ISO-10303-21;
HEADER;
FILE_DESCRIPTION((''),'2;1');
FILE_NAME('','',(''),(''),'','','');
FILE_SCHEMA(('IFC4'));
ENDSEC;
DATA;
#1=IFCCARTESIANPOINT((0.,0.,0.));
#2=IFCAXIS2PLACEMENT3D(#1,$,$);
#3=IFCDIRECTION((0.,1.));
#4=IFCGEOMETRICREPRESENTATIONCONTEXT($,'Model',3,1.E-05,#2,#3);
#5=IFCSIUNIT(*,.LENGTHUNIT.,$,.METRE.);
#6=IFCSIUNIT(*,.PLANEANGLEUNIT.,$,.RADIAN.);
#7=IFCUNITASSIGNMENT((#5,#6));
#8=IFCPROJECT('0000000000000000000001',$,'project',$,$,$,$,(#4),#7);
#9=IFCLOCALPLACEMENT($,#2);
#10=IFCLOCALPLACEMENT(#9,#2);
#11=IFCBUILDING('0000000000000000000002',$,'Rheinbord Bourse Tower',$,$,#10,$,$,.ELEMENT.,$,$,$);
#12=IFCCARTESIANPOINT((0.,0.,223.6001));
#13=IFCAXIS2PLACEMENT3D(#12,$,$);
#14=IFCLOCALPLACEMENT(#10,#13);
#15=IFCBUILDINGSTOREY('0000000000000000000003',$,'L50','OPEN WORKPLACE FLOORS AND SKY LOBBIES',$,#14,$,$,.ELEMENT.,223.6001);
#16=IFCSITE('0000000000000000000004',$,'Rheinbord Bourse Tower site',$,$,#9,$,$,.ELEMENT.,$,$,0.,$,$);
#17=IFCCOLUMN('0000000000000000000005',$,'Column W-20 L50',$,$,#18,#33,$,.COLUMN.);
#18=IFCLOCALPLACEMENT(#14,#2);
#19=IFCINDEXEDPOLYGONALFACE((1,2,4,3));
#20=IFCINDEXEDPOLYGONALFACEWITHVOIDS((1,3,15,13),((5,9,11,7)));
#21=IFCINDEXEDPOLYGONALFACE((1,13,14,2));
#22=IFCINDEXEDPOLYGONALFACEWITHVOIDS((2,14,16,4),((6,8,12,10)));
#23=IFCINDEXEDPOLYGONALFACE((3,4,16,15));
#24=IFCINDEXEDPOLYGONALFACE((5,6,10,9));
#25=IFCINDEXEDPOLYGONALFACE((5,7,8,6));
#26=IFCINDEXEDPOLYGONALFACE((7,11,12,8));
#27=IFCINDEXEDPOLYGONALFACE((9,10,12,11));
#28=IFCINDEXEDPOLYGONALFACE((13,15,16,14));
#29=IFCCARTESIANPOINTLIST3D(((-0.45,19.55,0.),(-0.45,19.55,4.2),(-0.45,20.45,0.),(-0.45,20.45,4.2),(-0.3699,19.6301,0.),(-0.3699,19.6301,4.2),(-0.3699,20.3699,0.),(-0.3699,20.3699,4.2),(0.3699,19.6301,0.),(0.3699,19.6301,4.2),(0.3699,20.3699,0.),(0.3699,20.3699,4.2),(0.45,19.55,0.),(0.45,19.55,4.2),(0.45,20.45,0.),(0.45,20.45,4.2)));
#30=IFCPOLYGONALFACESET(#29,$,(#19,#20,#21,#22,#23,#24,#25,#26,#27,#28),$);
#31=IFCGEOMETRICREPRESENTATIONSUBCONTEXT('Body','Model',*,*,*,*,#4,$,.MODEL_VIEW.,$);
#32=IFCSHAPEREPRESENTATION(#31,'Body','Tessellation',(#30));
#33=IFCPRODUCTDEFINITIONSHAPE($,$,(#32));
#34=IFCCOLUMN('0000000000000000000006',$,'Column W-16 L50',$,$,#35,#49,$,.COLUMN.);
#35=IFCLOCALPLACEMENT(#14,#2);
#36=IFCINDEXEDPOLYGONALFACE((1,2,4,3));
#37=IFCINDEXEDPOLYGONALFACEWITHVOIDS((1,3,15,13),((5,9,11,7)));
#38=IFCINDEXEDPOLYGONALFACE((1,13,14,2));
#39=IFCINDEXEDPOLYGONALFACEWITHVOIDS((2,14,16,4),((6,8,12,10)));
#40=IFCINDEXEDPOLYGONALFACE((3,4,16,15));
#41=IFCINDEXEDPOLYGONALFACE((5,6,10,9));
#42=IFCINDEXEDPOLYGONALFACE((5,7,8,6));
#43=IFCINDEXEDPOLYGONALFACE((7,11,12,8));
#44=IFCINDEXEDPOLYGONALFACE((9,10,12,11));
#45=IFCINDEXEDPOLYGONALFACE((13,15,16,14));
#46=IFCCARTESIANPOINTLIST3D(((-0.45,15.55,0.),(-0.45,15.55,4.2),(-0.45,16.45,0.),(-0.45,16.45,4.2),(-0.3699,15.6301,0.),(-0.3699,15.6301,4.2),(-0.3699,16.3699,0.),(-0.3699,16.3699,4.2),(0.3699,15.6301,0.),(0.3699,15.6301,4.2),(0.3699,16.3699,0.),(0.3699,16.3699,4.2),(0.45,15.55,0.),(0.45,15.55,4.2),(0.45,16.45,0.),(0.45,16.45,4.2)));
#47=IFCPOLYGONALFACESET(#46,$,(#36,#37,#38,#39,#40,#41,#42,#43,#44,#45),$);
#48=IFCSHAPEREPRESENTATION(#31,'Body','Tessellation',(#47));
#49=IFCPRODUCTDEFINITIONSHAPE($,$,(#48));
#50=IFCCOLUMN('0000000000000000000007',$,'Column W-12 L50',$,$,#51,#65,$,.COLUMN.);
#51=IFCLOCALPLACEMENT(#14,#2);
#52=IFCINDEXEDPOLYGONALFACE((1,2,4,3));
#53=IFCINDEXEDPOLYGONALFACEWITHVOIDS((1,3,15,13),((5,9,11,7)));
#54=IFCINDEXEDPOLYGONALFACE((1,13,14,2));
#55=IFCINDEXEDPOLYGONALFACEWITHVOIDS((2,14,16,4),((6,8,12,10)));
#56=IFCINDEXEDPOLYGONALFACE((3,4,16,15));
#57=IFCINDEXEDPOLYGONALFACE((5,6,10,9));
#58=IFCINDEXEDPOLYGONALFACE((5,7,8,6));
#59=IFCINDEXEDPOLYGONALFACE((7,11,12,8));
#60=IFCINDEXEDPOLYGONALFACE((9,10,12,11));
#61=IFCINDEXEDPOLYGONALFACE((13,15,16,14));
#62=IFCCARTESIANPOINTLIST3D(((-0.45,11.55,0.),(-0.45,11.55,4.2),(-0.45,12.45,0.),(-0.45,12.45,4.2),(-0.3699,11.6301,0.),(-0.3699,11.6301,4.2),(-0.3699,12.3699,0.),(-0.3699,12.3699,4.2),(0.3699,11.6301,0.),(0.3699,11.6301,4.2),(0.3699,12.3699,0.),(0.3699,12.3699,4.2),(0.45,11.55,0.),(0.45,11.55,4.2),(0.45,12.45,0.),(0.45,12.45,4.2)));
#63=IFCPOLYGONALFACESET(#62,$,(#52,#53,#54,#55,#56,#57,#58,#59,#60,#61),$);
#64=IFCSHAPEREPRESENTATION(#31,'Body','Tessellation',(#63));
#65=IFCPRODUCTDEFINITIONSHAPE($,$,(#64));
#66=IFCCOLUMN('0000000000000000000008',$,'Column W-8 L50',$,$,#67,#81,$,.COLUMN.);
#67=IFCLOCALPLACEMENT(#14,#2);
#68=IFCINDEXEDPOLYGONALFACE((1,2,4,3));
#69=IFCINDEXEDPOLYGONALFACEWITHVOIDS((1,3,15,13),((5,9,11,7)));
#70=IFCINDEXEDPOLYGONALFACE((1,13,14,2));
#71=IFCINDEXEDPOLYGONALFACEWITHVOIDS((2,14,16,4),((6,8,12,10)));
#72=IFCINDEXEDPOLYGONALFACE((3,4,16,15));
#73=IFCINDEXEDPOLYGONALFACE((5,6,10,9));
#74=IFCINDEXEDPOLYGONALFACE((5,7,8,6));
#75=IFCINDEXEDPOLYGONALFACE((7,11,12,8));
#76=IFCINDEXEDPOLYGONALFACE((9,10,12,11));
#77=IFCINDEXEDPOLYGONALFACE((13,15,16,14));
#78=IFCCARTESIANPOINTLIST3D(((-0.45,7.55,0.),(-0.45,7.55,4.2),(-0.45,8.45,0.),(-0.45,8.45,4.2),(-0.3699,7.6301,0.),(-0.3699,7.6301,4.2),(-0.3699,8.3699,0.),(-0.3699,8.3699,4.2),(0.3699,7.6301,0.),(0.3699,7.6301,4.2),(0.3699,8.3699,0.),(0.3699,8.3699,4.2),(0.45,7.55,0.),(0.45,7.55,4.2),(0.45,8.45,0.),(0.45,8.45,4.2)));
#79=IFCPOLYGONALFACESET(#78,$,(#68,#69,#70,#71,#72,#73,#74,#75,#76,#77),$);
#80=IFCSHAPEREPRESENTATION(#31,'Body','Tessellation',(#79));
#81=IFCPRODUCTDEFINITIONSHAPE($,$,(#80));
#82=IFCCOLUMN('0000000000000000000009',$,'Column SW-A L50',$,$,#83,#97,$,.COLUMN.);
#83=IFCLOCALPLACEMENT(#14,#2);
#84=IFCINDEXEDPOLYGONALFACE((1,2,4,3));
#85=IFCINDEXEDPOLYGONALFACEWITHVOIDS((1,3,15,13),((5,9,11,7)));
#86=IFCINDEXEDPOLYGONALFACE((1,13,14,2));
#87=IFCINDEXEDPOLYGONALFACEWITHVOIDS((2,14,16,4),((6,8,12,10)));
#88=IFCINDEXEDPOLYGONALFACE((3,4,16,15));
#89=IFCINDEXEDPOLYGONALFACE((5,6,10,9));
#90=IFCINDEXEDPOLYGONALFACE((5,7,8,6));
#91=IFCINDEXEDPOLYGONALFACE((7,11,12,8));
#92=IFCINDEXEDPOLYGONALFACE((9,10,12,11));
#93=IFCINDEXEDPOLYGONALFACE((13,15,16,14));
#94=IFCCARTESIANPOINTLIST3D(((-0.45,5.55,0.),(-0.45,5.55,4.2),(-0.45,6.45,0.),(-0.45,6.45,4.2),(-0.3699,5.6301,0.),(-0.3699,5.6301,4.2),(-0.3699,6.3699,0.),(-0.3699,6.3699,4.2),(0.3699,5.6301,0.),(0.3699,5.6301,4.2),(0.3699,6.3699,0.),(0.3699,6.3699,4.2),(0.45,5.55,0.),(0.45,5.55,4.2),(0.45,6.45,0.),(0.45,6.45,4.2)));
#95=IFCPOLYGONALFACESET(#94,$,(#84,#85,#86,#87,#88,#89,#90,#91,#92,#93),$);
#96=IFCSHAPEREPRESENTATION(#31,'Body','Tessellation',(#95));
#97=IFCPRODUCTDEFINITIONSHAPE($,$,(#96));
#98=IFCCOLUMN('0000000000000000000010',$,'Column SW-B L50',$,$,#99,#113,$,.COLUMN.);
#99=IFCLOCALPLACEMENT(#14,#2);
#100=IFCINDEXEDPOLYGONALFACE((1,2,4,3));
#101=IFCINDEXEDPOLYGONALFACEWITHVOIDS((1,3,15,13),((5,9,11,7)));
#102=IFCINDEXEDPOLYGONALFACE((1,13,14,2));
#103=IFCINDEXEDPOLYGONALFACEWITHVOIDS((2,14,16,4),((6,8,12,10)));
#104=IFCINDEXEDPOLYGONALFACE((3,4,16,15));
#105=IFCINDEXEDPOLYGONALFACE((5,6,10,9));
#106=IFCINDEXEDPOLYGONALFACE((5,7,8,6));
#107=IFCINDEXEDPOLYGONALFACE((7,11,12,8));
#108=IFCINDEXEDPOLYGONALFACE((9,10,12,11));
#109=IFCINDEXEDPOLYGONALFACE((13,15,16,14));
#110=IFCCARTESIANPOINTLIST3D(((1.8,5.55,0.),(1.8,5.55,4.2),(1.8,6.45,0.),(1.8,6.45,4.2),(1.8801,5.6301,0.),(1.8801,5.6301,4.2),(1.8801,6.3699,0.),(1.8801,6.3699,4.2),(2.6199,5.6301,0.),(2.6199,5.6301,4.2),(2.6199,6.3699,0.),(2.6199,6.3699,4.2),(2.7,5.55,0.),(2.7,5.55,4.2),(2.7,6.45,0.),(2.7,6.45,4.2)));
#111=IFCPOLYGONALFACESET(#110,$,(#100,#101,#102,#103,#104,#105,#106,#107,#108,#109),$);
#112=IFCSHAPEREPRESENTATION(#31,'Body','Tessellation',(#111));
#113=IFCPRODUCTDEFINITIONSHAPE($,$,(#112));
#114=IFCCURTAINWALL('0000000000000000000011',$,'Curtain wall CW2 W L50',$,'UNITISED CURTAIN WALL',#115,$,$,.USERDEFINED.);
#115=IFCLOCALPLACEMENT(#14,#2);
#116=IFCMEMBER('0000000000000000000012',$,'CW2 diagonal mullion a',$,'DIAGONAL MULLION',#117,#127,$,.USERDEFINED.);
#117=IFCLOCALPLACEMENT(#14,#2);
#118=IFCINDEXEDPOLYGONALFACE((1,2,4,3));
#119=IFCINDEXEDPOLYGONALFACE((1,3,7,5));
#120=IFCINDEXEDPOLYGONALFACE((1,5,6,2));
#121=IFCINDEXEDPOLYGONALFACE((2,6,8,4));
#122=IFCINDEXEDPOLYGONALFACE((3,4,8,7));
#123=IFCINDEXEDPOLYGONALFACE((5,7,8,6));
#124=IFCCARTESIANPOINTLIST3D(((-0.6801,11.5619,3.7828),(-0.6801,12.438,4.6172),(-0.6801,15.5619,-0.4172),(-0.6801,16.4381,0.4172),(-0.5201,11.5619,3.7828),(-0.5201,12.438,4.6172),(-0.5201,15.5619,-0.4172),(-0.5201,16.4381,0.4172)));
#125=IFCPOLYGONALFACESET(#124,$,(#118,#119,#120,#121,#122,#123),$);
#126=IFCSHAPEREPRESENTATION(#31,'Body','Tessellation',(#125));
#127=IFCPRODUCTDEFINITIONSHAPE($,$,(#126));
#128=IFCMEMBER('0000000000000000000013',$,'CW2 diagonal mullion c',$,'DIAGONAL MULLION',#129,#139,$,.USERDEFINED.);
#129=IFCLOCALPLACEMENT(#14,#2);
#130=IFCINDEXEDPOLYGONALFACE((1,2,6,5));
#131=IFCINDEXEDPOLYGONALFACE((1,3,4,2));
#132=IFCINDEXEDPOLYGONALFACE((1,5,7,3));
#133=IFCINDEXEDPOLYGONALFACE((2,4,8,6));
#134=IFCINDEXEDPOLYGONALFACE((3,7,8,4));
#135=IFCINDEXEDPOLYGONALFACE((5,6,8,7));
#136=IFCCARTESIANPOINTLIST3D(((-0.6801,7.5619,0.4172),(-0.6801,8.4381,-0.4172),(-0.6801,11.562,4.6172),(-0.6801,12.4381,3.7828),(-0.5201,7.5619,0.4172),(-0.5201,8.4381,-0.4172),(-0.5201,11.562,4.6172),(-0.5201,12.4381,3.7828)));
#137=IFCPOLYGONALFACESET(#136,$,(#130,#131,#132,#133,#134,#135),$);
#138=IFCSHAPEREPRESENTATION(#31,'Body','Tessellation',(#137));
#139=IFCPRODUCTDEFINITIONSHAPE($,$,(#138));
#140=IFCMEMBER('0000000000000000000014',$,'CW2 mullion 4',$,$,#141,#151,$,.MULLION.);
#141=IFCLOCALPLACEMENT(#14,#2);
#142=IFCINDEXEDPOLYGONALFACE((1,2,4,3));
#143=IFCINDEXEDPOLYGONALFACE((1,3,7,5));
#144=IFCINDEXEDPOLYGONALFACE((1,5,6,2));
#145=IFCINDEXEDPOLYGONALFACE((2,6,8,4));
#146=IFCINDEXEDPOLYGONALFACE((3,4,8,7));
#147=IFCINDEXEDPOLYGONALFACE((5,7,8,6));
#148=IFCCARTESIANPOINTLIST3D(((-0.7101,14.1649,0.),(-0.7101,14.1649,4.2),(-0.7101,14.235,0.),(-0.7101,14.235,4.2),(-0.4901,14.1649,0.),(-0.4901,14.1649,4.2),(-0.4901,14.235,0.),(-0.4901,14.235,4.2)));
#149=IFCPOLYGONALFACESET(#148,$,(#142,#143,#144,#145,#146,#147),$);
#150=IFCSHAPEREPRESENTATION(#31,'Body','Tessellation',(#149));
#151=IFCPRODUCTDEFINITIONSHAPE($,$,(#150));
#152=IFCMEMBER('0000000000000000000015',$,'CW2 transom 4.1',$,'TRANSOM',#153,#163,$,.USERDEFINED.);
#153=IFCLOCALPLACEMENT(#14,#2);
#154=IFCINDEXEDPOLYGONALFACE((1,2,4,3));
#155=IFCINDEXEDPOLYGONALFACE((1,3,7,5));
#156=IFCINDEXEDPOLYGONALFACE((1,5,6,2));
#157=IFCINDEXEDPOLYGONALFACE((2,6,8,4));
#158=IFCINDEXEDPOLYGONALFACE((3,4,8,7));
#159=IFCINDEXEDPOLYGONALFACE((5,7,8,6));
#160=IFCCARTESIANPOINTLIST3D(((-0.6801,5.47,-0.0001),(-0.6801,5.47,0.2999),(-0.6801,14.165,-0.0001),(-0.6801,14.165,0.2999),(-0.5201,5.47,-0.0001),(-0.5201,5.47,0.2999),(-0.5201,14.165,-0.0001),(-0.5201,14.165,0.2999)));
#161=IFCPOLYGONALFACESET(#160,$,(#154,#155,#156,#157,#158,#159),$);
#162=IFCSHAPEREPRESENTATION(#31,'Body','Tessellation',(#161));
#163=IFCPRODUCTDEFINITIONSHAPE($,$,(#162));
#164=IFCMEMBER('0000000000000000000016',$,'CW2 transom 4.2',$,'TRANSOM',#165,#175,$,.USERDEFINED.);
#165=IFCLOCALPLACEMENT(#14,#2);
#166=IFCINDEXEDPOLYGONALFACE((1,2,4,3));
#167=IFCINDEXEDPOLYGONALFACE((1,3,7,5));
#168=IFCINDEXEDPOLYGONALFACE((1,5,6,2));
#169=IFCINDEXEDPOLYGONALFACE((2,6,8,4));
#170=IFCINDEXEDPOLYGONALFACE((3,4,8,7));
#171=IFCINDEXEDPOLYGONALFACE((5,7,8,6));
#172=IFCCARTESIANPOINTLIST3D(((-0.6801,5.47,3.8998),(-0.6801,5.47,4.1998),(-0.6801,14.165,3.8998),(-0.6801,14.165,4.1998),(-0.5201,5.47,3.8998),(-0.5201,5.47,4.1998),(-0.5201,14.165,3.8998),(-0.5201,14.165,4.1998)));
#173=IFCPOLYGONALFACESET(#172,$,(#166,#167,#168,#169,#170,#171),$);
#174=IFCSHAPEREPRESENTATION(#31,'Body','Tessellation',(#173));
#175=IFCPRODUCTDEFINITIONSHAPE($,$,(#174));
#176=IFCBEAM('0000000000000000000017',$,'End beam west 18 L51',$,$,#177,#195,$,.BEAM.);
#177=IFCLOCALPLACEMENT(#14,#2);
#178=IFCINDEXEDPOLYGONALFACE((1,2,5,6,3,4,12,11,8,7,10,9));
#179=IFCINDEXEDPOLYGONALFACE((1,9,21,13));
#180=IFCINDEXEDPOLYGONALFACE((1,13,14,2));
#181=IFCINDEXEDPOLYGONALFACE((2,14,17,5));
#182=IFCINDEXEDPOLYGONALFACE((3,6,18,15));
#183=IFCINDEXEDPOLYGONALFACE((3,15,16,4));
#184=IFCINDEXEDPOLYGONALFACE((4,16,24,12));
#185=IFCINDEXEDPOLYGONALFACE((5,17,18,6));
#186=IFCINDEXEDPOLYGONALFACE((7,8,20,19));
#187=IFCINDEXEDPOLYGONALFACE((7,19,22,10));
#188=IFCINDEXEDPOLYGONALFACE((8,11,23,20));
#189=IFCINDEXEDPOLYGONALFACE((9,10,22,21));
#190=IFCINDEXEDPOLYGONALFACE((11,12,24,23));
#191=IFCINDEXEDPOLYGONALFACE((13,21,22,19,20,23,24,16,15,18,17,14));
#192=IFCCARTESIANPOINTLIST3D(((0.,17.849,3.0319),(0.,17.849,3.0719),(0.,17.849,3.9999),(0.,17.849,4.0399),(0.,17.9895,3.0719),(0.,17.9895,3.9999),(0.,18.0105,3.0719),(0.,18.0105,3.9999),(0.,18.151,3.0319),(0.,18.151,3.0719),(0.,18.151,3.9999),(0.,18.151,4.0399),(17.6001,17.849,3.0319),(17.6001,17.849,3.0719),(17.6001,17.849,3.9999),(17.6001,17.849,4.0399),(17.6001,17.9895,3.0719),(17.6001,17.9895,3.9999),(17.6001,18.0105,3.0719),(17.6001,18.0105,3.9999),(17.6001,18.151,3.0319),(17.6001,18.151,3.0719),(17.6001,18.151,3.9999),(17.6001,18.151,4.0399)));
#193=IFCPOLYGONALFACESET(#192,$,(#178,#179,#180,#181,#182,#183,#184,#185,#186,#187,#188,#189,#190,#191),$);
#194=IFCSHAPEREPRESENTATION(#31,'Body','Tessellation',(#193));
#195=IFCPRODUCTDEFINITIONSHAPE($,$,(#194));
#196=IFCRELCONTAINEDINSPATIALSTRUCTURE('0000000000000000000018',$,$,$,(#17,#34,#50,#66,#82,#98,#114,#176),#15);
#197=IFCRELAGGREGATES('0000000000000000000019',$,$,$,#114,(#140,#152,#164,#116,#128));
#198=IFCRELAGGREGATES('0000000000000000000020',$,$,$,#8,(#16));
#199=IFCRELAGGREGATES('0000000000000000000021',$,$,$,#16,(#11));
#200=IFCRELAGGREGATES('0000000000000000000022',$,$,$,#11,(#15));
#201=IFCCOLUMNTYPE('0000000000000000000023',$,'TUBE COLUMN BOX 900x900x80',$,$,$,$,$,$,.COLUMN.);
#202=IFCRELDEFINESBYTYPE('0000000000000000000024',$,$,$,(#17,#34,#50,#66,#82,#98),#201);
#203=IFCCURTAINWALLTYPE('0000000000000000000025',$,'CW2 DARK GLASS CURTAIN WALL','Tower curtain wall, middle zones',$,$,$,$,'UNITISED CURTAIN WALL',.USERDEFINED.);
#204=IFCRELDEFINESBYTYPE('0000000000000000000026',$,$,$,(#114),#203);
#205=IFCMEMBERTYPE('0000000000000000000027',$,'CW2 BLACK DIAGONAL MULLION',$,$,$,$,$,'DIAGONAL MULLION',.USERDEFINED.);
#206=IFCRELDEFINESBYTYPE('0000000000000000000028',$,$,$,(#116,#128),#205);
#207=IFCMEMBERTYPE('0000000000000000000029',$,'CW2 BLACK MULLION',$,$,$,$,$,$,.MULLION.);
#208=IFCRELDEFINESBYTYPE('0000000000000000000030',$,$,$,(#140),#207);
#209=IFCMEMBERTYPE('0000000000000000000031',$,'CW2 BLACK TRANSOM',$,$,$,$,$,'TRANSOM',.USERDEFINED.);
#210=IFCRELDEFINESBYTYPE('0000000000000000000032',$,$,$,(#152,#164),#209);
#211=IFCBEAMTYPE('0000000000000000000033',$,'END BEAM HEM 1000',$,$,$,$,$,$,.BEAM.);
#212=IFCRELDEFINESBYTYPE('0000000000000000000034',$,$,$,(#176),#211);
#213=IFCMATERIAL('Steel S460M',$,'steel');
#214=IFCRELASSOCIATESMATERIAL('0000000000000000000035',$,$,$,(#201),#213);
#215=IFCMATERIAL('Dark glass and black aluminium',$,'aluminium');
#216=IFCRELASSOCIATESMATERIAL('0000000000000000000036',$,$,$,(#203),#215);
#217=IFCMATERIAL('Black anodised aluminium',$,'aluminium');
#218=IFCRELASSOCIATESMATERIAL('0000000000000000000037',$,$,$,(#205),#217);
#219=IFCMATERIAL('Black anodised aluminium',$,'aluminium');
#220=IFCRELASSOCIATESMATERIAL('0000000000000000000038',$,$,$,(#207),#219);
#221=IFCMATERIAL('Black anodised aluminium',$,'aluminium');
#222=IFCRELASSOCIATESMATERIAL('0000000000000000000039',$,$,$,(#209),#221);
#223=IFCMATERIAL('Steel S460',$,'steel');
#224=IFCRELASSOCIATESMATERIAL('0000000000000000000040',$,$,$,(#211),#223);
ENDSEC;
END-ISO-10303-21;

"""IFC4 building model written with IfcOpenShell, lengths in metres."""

from ifc_helpers import new_model, si_unit, direction, frame, origin, origin_2d, place, context, subcontext, project, spatial, rectangle, hollow_rectangle, i_section, extrude, material, material_profile, profile_set, type_object, element, aggregate, save


model = new_model("IFC4")

# Units and contexts
model_context = context("Model", 3, precision=1e-05, world=origin(), true_north=direction((0.0, 1.0)))
body_context = subcontext(model_context, "Body", "Model", "MODEL_VIEW")
ifc_project = project(units=[si_unit("LENGTHUNIT", "METRE"), si_unit("PLANEANGLEUNIT", "RADIAN")], contexts=[model_context])

# Site, building, storey
site_placement = place(None, origin())
site = spatial("IfcSite", under=ifc_project, at=site_placement, Name="Rheinbord Bourse Tower site", CompositionType="ELEMENT", RefElevation=0.0)
building_placement = place(site_placement, origin())
building = spatial("IfcBuilding", under=site, at=building_placement, Name="Rheinbord Bourse Tower", CompositionType="ELEMENT")
storey_placement = place(building_placement, frame((0.0, 0.0, 223.6001)))
storey = spatial("IfcBuildingStorey", under=building, at=storey_placement, Name="L50", Description="OPEN WORKPLACE FLOORS AND SKY LOBBIES", CompositionType="ELEMENT", Elevation=223.6001)

# Columns
ifc_material_1 = material(Name="Steel S460M", Category="steel")
ifc_material_profile_1 = material_profile(ifc_material_1, hollow_rectangle(XDim=0.8999, YDim=0.8999, WallThickness=0.0801, at=origin_2d()), Name="BOX 900x900x80")
ifc_profile_set_1 = profile_set([ifc_material_profile_1], Name="Steel S460M")
column_type = type_object("IfcColumnType", Name="TUBE COLUMN BOX 900x900x80", PredefinedType="COLUMN", material=ifc_profile_set_1)
for number, where, z_axis, x_axis, name in (
    (1, (0.0, 20.0, 0.0), (0.0, 0.0, 1.0), (1.0, 0.0, 0.0), "Column W-20 L50"),
    (2, (0.0, 16.0, 0.0), (0.0, 0.0, 1.0), (1.0, 0.0, 0.0), "Column W-16 L50"),
    (3, (0.0, 12.0, 0.0), (0.0, 0.0, 1.0), (1.0, 0.0, 0.0), "Column W-12 L50"),
    (4, (0.0, 8.0, 0.0), (0.0, 0.0, 1.0), (1.0, 0.0, 0.0), "Column W-8 L50"),
    (5, (0.0, 6.0, 0.0), (0.0, 0.0, 1.0), (1.0, 0.0, 0.0), "Column SW-A L50"),
    (6, (2.25, 6.0, 0.0), (0.0, 0.0, 1.0), (1.0, 0.0, 0.0), "Column SW-B L50"),
):
    element("IfcColumn", number, at=place(storey_placement, frame(where, z_axis=z_axis, x_axis=x_axis)), inside=storey, type_object=column_type, Name=name, PredefinedType="COLUMN", context=body_context, shape_type="SweptSolid", body=[
        extrude(hollow_rectangle(XDim=0.8999, YDim=0.8999, WallThickness=0.0801, at=origin_2d()), origin(), (0.0, 0.0, 1.0), 4.2),
    ])

# Curtain wall, members
ifc_material_2 = material(Name="Dark glass and black aluminium", Category="aluminium")
curtain_wall_type = type_object("IfcCurtainWallType", Name="CW2 DARK GLASS CURTAIN WALL", Description="Tower curtain wall, middle zones", ElementType="UNITISED CURTAIN WALL", PredefinedType="USERDEFINED", material=ifc_material_2)
curtain_wall_placement = place(storey_placement, origin())
curtain_wall = element("IfcCurtainWall", 7, at=curtain_wall_placement, inside=storey, type_object=curtain_wall_type, Name="Curtain wall CW2 W L50", ObjectType="UNITISED CURTAIN WALL", PredefinedType="USERDEFINED")
ifc_material_3 = material(Name="Black anodised aluminium", Category="aluminium")
ifc_material_profile_2 = material_profile(ifc_material_3, rectangle(XDim=0.1599, YDim=1.21, at=origin_2d()), Name="CW2 DIAGONAL MULLION 1210x160")
ifc_profile_set_2 = profile_set([ifc_material_profile_2], Name="Black anodised aluminium")
member_type_1 = type_object("IfcMemberType", Name="CW2 BLACK DIAGONAL MULLION", ElementType="DIAGONAL MULLION", PredefinedType="USERDEFINED", material=ifc_profile_set_2)
member_1_placement = place(storey_placement, frame((-0.6001, 16.0, 0.0), z_axis=(0.0, -0.689659, 0.724134), x_axis=(1.0, 0.0, 0.0)))
member_1 = element("IfcMember", 8, at=member_1_placement, type_object=member_type_1, Name="CW2 diagonal mullion a", ObjectType="DIAGONAL MULLION", PredefinedType="USERDEFINED", context=body_context, shape_type="SweptSolid", body=[
    extrude(rectangle(XDim=0.1599, YDim=1.21, at=origin_2d()), origin(), (0.0, 0.0, 1.0), 5.8),
])
member_2_placement = place(storey_placement, frame((-0.6001, 8.0, 0.0), z_axis=(0.0, 0.689659, 0.724134), x_axis=(-1.0, 0.0, 0.0)))
member_2 = element("IfcMember", 9, at=member_2_placement, type_object=member_type_1, Name="CW2 diagonal mullion c", ObjectType="DIAGONAL MULLION", PredefinedType="USERDEFINED", context=body_context, shape_type="SweptSolid", body=[
    extrude(rectangle(XDim=0.1599, YDim=1.21, at=origin_2d()), origin(), (0.0, 0.0, 1.0), 5.8),
])
ifc_material_4 = material(Name="Black anodised aluminium", Category="aluminium")
ifc_material_profile_3 = material_profile(ifc_material_4, rectangle(XDim=0.22, YDim=0.0701, at=origin_2d()), Name="CW2 MULLION 70x220")
ifc_profile_set_3 = profile_set([ifc_material_profile_3], Name="Black anodised aluminium")
member_type_2 = type_object("IfcMemberType", Name="CW2 BLACK MULLION", PredefinedType="MULLION", material=ifc_profile_set_3)
member_3_placement = place(storey_placement, frame((-0.6001, 14.2, 0.0), z_axis=(0.0, 0.0, 1.0), x_axis=(1.0, 0.0, 0.0)))
member_3 = element("IfcMember", 10, at=member_3_placement, type_object=member_type_2, Name="CW2 mullion 4", PredefinedType="MULLION", context=body_context, shape_type="SweptSolid", body=[
    extrude(rectangle(XDim=0.22, YDim=0.0701, at=origin_2d()), origin(), (0.0, 0.0, 1.0), 4.2),
])
ifc_material_5 = material(Name="Black anodised aluminium", Category="aluminium")
ifc_material_profile_4 = material_profile(ifc_material_5, rectangle(XDim=0.1599, YDim=0.3, at=origin_2d()), Name="CW2 TRANSOM 300x160")
ifc_profile_set_4 = profile_set([ifc_material_profile_4], Name="Black anodised aluminium")
member_type_3 = type_object("IfcMemberType", Name="CW2 BLACK TRANSOM", ElementType="TRANSOM", PredefinedType="USERDEFINED", material=ifc_profile_set_4)
member_4_placement = place(storey_placement, frame((-0.6001, 14.165, 0.1499), z_axis=(0.0, -1.0, 0.0), x_axis=(1.0, 0.0, 0.0)))
member_4 = element("IfcMember", 11, at=member_4_placement, type_object=member_type_3, Name="CW2 transom 4.1", ObjectType="TRANSOM", PredefinedType="USERDEFINED", context=body_context, shape_type="SweptSolid", body=[
    extrude(rectangle(XDim=0.1599, YDim=0.3, at=origin_2d()), origin(), (0.0, 0.0, 1.0), 8.6951),
])
member_5_placement = place(storey_placement, frame((-0.6001, 14.165, 4.0498), z_axis=(0.0, -1.0, 0.0), x_axis=(1.0, 0.0, 0.0)))
member_5 = element("IfcMember", 12, at=member_5_placement, type_object=member_type_3, Name="CW2 transom 4.2", ObjectType="TRANSOM", PredefinedType="USERDEFINED", context=body_context, shape_type="SweptSolid", body=[
    extrude(rectangle(XDim=0.1599, YDim=0.3, at=origin_2d()), origin(), (0.0, 0.0, 1.0), 8.6951),
])

# Beam
ifc_material_6 = material(Name="Steel S460", Category="steel")
ifc_material_profile_5 = material_profile(ifc_material_6, i_section(OverallWidth=0.302, OverallDepth=1.0081, WebThickness=0.021, FlangeThickness=0.04, at=origin_2d()), Name="HEM 1000")
ifc_profile_set_5 = profile_set([ifc_material_profile_5], Name="Steel S460")
beam_type_1 = type_object("IfcBeamType", Name="END BEAM HEM 1000", PredefinedType="BEAM", material=ifc_profile_set_5)
for number, where, z_axis, x_axis, name in (
    (13, (0.0, 18.0, 3.5359), (1.0, 0.0, 0.0), (0.0, 1.0, 0.0), "End beam west 18 L51"),
):
    element("IfcBeam", number, at=place(storey_placement, frame(where, z_axis=z_axis, x_axis=x_axis)), inside=storey, type_object=beam_type_1, Name=name, PredefinedType="BEAM", context=body_context, shape_type="SweptSolid", body=[
        extrude(i_section(OverallWidth=0.302, OverallDepth=1.0081, WebThickness=0.021, FlangeThickness=0.04, at=origin_2d()), origin(), (0.0, 0.0, 1.0), 17.6001),
    ])

aggregate(curtain_wall, [member_3, member_4, member_5, member_1, member_2])

save(model, "model.ifc")
